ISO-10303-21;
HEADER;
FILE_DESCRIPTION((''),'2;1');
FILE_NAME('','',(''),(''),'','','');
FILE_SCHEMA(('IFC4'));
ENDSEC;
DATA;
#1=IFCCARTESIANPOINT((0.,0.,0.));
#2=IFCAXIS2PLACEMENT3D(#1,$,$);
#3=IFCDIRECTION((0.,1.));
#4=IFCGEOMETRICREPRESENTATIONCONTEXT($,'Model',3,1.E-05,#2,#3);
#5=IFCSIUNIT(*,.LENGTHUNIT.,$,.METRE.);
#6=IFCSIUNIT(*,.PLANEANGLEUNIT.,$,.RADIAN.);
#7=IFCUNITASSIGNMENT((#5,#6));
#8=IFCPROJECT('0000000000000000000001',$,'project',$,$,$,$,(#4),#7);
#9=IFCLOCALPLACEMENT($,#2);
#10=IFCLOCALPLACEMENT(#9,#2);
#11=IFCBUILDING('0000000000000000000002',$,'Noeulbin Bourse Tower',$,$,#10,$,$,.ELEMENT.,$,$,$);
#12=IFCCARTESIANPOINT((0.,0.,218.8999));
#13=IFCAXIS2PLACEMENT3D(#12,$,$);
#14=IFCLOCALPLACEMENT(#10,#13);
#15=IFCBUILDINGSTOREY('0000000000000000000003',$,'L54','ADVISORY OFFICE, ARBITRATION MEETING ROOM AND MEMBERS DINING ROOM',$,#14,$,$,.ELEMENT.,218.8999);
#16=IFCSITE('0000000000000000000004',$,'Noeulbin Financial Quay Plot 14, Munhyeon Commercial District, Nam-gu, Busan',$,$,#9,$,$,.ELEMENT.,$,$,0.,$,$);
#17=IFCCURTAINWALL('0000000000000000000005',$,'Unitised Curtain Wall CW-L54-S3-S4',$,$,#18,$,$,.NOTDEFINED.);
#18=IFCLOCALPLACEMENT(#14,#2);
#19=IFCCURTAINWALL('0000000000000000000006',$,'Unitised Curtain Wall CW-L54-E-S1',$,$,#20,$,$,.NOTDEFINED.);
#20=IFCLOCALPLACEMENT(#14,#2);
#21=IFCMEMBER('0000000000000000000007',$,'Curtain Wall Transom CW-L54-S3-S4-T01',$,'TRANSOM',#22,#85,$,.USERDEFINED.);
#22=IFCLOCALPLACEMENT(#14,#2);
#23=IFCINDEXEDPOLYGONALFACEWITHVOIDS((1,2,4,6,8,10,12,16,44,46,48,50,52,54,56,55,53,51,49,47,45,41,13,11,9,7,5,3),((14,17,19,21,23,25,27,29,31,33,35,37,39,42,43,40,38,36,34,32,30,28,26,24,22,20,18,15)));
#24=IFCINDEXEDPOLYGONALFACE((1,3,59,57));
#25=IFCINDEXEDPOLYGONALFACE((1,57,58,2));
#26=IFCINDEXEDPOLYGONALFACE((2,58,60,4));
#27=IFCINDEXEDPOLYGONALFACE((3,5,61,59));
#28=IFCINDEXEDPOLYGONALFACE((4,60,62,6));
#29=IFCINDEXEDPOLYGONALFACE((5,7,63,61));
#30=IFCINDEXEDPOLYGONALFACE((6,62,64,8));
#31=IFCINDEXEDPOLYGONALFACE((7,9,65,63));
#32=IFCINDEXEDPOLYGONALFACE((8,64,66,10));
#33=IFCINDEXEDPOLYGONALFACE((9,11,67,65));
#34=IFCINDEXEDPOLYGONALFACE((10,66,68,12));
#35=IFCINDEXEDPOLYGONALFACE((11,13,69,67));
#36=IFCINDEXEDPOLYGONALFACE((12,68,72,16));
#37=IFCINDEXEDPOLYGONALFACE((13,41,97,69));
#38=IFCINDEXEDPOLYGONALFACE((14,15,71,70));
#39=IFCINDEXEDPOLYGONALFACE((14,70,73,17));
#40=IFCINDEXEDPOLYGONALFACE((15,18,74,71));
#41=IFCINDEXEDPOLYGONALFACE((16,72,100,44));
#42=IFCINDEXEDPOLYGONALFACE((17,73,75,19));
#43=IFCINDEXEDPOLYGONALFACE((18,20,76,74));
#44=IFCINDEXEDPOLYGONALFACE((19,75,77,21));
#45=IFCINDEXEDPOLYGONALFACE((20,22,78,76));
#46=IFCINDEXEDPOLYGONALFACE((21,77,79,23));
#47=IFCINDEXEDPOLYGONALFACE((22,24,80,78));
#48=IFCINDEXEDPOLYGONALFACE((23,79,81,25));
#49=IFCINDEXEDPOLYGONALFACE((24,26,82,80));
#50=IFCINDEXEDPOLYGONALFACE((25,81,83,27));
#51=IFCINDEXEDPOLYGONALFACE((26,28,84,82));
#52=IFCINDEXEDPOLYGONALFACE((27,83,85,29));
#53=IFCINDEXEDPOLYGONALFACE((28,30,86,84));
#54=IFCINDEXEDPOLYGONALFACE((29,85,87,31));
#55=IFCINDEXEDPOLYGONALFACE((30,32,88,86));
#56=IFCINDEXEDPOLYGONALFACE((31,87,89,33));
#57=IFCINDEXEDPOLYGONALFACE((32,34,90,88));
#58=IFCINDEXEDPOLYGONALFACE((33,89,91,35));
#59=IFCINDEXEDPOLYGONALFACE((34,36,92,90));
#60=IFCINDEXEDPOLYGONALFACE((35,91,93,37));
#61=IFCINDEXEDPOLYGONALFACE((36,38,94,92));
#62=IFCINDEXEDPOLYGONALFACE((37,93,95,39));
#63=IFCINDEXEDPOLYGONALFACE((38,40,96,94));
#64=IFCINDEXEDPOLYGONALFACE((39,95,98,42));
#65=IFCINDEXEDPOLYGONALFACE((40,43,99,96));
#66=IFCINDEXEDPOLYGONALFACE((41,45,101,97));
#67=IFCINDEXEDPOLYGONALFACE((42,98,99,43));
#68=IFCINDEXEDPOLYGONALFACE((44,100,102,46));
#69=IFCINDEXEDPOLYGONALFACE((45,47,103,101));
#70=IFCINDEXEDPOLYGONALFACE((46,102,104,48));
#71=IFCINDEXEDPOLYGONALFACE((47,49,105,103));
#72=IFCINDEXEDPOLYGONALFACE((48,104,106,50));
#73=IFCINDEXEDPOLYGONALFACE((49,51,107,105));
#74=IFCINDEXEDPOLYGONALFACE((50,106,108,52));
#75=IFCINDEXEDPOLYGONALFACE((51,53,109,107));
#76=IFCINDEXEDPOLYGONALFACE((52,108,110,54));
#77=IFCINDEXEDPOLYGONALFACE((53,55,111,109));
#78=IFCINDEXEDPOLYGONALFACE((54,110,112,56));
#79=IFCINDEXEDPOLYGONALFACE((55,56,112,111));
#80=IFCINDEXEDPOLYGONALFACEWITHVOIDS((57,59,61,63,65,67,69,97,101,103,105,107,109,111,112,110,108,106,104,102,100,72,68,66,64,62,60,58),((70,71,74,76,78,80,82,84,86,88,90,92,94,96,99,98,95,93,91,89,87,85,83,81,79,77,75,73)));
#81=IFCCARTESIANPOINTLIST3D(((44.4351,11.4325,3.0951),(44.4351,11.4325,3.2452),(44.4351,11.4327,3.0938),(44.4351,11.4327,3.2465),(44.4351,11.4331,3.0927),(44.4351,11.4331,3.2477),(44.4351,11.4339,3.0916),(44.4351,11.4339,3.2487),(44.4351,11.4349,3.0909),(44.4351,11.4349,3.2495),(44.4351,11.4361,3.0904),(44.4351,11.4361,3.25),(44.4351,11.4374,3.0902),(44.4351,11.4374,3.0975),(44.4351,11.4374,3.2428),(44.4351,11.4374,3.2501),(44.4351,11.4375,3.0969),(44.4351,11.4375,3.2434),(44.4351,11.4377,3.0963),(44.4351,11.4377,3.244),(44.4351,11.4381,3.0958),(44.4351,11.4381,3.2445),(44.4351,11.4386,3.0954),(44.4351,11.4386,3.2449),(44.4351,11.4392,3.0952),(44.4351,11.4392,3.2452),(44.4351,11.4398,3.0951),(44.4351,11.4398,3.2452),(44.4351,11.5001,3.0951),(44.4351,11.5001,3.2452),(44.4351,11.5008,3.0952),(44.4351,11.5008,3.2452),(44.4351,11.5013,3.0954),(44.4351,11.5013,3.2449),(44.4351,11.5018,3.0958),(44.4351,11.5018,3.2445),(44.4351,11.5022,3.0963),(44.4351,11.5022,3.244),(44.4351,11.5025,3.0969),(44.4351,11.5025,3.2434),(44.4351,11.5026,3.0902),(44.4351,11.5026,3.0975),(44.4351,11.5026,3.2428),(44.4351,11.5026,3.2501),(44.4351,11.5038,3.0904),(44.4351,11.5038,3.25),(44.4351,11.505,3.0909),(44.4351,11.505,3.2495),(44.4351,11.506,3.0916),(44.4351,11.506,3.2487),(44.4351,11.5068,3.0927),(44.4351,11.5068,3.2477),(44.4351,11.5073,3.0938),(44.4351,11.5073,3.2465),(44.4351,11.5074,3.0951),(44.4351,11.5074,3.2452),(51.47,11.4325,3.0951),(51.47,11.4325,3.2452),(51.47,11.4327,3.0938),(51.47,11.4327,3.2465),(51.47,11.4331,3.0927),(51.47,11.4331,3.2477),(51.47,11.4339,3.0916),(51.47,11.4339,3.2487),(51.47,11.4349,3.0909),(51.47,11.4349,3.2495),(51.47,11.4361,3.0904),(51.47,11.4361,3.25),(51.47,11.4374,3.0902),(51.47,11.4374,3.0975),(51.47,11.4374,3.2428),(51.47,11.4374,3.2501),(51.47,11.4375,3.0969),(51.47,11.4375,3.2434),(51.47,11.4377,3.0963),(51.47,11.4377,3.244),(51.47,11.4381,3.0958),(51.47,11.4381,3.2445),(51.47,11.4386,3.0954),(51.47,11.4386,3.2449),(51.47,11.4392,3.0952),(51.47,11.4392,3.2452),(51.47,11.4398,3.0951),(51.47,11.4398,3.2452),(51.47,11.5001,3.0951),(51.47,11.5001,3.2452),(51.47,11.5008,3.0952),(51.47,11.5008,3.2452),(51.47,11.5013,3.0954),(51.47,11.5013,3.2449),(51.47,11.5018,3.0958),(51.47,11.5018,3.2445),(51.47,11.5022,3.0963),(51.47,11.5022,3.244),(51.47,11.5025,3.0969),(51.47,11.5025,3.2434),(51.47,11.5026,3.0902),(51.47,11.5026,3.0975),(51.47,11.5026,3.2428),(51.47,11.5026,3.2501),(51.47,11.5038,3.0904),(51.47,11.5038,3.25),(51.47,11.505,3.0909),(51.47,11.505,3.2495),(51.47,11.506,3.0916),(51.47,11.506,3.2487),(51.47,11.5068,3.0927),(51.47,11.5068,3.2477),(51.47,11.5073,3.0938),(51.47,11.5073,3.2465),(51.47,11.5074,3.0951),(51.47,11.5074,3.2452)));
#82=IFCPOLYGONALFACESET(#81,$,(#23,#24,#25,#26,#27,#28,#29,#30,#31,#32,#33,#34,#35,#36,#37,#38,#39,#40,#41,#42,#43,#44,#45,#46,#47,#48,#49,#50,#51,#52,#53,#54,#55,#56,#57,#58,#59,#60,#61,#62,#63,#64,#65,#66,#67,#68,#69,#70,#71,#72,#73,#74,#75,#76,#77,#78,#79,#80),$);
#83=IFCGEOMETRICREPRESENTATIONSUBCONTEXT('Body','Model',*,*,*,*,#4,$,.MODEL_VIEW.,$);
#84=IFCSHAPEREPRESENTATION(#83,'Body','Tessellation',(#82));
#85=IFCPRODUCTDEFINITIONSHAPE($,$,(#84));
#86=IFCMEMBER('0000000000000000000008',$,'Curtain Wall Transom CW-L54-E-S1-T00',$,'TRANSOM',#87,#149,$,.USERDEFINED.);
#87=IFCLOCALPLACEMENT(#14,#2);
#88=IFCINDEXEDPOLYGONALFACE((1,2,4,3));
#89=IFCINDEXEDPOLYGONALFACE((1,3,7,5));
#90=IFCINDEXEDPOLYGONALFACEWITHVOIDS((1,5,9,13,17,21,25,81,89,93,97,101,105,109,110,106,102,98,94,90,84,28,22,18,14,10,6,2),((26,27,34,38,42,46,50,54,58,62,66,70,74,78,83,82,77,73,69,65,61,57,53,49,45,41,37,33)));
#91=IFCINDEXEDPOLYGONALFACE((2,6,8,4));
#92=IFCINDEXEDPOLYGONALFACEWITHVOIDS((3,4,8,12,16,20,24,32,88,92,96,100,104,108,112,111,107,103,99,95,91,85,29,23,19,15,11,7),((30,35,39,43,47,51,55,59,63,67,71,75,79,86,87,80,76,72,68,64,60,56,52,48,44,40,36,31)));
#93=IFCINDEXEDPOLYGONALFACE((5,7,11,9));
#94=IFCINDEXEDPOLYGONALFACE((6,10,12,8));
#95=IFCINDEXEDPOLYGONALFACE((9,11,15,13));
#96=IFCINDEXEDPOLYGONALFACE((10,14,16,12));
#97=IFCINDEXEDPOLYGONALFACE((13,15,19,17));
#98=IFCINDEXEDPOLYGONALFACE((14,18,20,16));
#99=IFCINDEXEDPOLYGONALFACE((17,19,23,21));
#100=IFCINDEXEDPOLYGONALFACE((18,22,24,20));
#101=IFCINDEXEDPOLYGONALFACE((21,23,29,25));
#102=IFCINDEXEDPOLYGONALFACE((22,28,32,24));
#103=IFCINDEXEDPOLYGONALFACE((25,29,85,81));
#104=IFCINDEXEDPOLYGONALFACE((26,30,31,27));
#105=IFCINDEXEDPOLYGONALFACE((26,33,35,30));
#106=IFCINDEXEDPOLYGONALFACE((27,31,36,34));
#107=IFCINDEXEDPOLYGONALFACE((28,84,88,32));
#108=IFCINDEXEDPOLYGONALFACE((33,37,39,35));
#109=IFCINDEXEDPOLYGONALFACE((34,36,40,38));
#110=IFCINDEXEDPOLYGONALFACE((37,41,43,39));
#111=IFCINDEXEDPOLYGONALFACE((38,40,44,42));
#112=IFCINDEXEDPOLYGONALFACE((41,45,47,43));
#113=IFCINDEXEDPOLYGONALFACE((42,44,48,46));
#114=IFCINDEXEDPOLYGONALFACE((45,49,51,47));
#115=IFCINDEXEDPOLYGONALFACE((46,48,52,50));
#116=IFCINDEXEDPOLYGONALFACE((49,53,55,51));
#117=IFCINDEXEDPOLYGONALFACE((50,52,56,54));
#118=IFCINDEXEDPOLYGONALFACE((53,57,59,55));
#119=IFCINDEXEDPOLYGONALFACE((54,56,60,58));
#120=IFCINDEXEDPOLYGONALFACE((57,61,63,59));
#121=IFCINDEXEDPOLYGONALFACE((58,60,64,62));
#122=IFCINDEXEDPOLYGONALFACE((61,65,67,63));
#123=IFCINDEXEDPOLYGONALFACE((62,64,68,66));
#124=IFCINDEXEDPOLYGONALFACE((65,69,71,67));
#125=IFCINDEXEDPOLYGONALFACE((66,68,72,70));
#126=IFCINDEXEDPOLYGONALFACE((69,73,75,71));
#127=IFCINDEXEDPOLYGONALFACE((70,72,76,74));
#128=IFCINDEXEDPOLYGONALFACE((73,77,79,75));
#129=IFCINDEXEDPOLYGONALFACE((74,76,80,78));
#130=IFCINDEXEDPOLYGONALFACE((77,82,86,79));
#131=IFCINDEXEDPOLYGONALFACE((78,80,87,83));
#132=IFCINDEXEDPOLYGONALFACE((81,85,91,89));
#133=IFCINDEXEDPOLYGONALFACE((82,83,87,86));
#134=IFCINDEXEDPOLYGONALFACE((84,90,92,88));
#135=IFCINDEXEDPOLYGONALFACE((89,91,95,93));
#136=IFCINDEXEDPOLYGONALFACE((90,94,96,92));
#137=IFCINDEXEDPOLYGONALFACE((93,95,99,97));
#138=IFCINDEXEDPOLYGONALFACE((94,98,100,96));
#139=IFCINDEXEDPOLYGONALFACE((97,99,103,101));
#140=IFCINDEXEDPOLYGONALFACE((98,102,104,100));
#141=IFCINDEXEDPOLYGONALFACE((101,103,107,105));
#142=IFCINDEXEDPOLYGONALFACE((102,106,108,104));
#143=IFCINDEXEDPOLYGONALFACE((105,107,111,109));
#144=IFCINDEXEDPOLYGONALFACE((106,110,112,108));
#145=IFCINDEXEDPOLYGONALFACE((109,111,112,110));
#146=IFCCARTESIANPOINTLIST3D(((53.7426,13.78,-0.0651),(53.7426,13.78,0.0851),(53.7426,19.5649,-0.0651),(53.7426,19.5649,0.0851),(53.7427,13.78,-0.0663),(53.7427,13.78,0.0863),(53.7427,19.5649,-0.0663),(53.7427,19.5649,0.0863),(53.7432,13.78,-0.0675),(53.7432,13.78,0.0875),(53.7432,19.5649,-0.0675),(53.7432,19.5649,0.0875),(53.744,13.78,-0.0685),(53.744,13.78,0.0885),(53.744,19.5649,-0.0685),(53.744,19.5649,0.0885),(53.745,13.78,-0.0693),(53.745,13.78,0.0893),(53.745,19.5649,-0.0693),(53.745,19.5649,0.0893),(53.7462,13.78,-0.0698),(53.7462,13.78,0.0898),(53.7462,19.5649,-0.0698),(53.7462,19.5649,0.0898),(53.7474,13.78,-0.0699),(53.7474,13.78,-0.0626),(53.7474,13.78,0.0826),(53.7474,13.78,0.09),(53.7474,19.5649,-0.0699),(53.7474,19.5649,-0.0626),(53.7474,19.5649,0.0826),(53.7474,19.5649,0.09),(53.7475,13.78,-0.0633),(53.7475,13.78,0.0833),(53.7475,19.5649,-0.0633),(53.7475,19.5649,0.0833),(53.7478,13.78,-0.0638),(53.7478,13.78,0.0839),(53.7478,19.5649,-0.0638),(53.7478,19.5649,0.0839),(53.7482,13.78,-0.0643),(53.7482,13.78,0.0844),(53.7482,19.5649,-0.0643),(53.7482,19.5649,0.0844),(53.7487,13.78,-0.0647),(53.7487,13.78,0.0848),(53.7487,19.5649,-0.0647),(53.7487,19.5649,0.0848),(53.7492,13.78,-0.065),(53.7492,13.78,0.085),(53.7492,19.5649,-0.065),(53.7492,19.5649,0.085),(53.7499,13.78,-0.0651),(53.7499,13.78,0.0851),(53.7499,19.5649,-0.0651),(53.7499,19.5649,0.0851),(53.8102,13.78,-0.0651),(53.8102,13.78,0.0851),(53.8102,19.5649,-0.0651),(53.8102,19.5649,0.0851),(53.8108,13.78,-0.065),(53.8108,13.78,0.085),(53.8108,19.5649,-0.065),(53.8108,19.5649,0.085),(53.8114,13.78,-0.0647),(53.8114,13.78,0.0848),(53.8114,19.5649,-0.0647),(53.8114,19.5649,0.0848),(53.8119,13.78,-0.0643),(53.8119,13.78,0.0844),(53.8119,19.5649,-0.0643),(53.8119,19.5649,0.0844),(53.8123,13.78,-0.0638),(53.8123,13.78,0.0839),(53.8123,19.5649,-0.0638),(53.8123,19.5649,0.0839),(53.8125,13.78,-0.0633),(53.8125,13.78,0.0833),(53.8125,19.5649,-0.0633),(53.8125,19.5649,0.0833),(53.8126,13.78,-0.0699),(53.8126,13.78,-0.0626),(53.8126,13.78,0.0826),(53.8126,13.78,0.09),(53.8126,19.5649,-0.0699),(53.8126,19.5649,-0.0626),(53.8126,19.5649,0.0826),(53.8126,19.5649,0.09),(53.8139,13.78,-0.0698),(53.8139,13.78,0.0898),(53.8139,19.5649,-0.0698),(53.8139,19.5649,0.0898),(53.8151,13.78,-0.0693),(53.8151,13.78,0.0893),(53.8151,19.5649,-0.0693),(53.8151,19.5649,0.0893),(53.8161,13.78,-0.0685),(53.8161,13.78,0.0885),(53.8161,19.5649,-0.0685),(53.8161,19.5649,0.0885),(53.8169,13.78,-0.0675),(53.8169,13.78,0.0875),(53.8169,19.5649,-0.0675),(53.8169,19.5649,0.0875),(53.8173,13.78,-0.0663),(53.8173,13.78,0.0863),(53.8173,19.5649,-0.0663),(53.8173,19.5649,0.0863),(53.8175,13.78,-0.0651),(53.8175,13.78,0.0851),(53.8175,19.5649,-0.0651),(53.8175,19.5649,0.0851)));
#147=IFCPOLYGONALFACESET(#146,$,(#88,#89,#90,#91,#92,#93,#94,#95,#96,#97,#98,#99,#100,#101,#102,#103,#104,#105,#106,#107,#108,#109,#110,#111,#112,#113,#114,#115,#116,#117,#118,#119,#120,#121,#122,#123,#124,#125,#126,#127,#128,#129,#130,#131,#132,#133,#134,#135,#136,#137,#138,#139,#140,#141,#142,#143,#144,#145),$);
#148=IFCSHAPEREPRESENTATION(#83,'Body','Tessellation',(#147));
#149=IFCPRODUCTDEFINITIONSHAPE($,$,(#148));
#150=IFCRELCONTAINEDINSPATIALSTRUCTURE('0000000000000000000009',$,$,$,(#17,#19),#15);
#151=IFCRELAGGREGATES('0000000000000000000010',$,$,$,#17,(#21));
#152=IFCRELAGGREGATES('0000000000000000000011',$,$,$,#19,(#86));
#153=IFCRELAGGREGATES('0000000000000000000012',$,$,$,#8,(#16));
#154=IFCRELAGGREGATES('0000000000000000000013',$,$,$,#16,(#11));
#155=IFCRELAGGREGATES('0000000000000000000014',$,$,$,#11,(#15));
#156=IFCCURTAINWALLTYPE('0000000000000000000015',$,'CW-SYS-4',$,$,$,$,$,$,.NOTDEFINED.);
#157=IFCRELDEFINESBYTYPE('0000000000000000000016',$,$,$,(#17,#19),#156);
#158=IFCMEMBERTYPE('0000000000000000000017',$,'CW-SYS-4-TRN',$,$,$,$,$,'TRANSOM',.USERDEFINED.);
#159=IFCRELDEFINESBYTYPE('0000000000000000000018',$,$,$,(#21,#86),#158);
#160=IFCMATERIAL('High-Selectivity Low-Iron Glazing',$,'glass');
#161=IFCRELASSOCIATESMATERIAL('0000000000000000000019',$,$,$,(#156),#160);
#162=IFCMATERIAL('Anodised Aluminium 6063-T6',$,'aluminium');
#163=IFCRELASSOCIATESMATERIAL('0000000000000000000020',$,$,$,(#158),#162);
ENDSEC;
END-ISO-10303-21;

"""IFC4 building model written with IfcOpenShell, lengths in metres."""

from ifc_helpers import new_model, si_unit, direction, frame, origin, origin_2d, place, context, subcontext, project, spatial, hollow_rectangle, extrude, material, material_profile, profile_set, type_object, element, aggregate, save


model = new_model("IFC4")

# Units and contexts
model_context = context("Model", 3, precision=1e-05, world=origin(), true_north=direction((0.0, 1.0)))
body_context = subcontext(model_context, "Body", "Model", "MODEL_VIEW")
ifc_project = project(units=[si_unit("LENGTHUNIT", "METRE"), si_unit("PLANEANGLEUNIT", "RADIAN")], contexts=[model_context])

# Site, building, storey
site_placement = place(None, origin())
site = spatial("IfcSite", under=ifc_project, at=site_placement, Name="Noeulbin Financial Quay Plot 14, Munhyeon Commercial District, Nam-gu, Busan", CompositionType="ELEMENT", RefElevation=0.0)
building_placement = place(site_placement, origin())
building = spatial("IfcBuilding", under=site, at=building_placement, Name="Noeulbin Bourse Tower", CompositionType="ELEMENT")
storey_placement = place(building_placement, frame((0.0, 0.0, 218.8999)))
storey = spatial("IfcBuildingStorey", under=building, at=storey_placement, Name="L54", Description="ADVISORY OFFICE, ARBITRATION MEETING ROOM AND MEMBERS DINING ROOM", CompositionType="ELEMENT", Elevation=218.8999)

# Curtain walls
ifc_material_1 = material(Name="High-Selectivity Low-Iron Glazing", Category="glass")
curtain_wall_type = type_object("IfcCurtainWallType", Name="CW-SYS-4", PredefinedType="NOTDEFINED", material=ifc_material_1)
ifc_material_2 = material(Name="Anodised Aluminium 6063-T6", Category="aluminium")
curtain_wall_1_placement = place(storey_placement, origin())
curtain_wall_1 = element("IfcCurtainWall", 1, at=curtain_wall_1_placement, inside=storey, type_object=curtain_wall_type, Name="Unitised Curtain Wall CW-L54-S3-S4", PredefinedType="NOTDEFINED")
curtain_wall_2_placement = place(storey_placement, origin())
curtain_wall_2 = element("IfcCurtainWall", 2, at=curtain_wall_2_placement, inside=storey, type_object=curtain_wall_type, Name="Unitised Curtain Wall CW-L54-E-S1", PredefinedType="NOTDEFINED")

# Members
ifc_material_profile_1 = material_profile(ifc_material_2, hollow_rectangle(XDim=0.075, YDim=0.1599, WallThickness=0.0049, InnerFilletRadius=0.0024, OuterFilletRadius=0.0049, at=origin_2d()), Name="ALU-TRAN-75x160x5", Category="LoadBearing")
ifc_profile_set_1 = profile_set([ifc_material_profile_1], Name="Anodised Aluminium 6063-T6")
member_type_1 = type_object("IfcMemberType", Name="CW-SYS-4-TRN", ElementType="TRANSOM", PredefinedType="USERDEFINED", material=ifc_profile_set_1)
member_1_placement = place(storey_placement, frame((44.4351, 11.47, 3.1702), z_axis=(1.0, 0.0, 0.0), x_axis=(0.0, 1.0, 0.0)))
member_1 = element("IfcMember", 3, at=member_1_placement, type_object=member_type_1, Name="Curtain Wall Transom CW-L54-S3-S4-T01", ObjectType="TRANSOM", PredefinedType="USERDEFINED", context=body_context, shape_type="SweptSolid", body=[
    extrude(hollow_rectangle(XDim=0.075, YDim=0.1599, WallThickness=0.0049, InnerFilletRadius=0.0024, OuterFilletRadius=0.0049, at=origin_2d()), origin(), (0.0, 0.0, 1.0), 7.0349),
])
member_2_placement = place(storey_placement, frame((53.78, 13.78, 0.01), z_axis=(0.0, 1.0, 0.0), x_axis=(-1.0, 0.0, 0.0)))
member_2 = element("IfcMember", 4, at=member_2_placement, type_object=member_type_1, Name="Curtain Wall Transom CW-L54-E-S1-T00", ObjectType="TRANSOM", PredefinedType="USERDEFINED", context=body_context, shape_type="SweptSolid", body=[
    extrude(hollow_rectangle(XDim=0.075, YDim=0.1599, WallThickness=0.0049, InnerFilletRadius=0.0024, OuterFilletRadius=0.0049, at=origin_2d()), origin(), (0.0, 0.0, 1.0), 5.7849),
])

aggregate(curtain_wall_1, [member_1])
aggregate(curtain_wall_2, [member_2])

save(model, "model.ifc")
